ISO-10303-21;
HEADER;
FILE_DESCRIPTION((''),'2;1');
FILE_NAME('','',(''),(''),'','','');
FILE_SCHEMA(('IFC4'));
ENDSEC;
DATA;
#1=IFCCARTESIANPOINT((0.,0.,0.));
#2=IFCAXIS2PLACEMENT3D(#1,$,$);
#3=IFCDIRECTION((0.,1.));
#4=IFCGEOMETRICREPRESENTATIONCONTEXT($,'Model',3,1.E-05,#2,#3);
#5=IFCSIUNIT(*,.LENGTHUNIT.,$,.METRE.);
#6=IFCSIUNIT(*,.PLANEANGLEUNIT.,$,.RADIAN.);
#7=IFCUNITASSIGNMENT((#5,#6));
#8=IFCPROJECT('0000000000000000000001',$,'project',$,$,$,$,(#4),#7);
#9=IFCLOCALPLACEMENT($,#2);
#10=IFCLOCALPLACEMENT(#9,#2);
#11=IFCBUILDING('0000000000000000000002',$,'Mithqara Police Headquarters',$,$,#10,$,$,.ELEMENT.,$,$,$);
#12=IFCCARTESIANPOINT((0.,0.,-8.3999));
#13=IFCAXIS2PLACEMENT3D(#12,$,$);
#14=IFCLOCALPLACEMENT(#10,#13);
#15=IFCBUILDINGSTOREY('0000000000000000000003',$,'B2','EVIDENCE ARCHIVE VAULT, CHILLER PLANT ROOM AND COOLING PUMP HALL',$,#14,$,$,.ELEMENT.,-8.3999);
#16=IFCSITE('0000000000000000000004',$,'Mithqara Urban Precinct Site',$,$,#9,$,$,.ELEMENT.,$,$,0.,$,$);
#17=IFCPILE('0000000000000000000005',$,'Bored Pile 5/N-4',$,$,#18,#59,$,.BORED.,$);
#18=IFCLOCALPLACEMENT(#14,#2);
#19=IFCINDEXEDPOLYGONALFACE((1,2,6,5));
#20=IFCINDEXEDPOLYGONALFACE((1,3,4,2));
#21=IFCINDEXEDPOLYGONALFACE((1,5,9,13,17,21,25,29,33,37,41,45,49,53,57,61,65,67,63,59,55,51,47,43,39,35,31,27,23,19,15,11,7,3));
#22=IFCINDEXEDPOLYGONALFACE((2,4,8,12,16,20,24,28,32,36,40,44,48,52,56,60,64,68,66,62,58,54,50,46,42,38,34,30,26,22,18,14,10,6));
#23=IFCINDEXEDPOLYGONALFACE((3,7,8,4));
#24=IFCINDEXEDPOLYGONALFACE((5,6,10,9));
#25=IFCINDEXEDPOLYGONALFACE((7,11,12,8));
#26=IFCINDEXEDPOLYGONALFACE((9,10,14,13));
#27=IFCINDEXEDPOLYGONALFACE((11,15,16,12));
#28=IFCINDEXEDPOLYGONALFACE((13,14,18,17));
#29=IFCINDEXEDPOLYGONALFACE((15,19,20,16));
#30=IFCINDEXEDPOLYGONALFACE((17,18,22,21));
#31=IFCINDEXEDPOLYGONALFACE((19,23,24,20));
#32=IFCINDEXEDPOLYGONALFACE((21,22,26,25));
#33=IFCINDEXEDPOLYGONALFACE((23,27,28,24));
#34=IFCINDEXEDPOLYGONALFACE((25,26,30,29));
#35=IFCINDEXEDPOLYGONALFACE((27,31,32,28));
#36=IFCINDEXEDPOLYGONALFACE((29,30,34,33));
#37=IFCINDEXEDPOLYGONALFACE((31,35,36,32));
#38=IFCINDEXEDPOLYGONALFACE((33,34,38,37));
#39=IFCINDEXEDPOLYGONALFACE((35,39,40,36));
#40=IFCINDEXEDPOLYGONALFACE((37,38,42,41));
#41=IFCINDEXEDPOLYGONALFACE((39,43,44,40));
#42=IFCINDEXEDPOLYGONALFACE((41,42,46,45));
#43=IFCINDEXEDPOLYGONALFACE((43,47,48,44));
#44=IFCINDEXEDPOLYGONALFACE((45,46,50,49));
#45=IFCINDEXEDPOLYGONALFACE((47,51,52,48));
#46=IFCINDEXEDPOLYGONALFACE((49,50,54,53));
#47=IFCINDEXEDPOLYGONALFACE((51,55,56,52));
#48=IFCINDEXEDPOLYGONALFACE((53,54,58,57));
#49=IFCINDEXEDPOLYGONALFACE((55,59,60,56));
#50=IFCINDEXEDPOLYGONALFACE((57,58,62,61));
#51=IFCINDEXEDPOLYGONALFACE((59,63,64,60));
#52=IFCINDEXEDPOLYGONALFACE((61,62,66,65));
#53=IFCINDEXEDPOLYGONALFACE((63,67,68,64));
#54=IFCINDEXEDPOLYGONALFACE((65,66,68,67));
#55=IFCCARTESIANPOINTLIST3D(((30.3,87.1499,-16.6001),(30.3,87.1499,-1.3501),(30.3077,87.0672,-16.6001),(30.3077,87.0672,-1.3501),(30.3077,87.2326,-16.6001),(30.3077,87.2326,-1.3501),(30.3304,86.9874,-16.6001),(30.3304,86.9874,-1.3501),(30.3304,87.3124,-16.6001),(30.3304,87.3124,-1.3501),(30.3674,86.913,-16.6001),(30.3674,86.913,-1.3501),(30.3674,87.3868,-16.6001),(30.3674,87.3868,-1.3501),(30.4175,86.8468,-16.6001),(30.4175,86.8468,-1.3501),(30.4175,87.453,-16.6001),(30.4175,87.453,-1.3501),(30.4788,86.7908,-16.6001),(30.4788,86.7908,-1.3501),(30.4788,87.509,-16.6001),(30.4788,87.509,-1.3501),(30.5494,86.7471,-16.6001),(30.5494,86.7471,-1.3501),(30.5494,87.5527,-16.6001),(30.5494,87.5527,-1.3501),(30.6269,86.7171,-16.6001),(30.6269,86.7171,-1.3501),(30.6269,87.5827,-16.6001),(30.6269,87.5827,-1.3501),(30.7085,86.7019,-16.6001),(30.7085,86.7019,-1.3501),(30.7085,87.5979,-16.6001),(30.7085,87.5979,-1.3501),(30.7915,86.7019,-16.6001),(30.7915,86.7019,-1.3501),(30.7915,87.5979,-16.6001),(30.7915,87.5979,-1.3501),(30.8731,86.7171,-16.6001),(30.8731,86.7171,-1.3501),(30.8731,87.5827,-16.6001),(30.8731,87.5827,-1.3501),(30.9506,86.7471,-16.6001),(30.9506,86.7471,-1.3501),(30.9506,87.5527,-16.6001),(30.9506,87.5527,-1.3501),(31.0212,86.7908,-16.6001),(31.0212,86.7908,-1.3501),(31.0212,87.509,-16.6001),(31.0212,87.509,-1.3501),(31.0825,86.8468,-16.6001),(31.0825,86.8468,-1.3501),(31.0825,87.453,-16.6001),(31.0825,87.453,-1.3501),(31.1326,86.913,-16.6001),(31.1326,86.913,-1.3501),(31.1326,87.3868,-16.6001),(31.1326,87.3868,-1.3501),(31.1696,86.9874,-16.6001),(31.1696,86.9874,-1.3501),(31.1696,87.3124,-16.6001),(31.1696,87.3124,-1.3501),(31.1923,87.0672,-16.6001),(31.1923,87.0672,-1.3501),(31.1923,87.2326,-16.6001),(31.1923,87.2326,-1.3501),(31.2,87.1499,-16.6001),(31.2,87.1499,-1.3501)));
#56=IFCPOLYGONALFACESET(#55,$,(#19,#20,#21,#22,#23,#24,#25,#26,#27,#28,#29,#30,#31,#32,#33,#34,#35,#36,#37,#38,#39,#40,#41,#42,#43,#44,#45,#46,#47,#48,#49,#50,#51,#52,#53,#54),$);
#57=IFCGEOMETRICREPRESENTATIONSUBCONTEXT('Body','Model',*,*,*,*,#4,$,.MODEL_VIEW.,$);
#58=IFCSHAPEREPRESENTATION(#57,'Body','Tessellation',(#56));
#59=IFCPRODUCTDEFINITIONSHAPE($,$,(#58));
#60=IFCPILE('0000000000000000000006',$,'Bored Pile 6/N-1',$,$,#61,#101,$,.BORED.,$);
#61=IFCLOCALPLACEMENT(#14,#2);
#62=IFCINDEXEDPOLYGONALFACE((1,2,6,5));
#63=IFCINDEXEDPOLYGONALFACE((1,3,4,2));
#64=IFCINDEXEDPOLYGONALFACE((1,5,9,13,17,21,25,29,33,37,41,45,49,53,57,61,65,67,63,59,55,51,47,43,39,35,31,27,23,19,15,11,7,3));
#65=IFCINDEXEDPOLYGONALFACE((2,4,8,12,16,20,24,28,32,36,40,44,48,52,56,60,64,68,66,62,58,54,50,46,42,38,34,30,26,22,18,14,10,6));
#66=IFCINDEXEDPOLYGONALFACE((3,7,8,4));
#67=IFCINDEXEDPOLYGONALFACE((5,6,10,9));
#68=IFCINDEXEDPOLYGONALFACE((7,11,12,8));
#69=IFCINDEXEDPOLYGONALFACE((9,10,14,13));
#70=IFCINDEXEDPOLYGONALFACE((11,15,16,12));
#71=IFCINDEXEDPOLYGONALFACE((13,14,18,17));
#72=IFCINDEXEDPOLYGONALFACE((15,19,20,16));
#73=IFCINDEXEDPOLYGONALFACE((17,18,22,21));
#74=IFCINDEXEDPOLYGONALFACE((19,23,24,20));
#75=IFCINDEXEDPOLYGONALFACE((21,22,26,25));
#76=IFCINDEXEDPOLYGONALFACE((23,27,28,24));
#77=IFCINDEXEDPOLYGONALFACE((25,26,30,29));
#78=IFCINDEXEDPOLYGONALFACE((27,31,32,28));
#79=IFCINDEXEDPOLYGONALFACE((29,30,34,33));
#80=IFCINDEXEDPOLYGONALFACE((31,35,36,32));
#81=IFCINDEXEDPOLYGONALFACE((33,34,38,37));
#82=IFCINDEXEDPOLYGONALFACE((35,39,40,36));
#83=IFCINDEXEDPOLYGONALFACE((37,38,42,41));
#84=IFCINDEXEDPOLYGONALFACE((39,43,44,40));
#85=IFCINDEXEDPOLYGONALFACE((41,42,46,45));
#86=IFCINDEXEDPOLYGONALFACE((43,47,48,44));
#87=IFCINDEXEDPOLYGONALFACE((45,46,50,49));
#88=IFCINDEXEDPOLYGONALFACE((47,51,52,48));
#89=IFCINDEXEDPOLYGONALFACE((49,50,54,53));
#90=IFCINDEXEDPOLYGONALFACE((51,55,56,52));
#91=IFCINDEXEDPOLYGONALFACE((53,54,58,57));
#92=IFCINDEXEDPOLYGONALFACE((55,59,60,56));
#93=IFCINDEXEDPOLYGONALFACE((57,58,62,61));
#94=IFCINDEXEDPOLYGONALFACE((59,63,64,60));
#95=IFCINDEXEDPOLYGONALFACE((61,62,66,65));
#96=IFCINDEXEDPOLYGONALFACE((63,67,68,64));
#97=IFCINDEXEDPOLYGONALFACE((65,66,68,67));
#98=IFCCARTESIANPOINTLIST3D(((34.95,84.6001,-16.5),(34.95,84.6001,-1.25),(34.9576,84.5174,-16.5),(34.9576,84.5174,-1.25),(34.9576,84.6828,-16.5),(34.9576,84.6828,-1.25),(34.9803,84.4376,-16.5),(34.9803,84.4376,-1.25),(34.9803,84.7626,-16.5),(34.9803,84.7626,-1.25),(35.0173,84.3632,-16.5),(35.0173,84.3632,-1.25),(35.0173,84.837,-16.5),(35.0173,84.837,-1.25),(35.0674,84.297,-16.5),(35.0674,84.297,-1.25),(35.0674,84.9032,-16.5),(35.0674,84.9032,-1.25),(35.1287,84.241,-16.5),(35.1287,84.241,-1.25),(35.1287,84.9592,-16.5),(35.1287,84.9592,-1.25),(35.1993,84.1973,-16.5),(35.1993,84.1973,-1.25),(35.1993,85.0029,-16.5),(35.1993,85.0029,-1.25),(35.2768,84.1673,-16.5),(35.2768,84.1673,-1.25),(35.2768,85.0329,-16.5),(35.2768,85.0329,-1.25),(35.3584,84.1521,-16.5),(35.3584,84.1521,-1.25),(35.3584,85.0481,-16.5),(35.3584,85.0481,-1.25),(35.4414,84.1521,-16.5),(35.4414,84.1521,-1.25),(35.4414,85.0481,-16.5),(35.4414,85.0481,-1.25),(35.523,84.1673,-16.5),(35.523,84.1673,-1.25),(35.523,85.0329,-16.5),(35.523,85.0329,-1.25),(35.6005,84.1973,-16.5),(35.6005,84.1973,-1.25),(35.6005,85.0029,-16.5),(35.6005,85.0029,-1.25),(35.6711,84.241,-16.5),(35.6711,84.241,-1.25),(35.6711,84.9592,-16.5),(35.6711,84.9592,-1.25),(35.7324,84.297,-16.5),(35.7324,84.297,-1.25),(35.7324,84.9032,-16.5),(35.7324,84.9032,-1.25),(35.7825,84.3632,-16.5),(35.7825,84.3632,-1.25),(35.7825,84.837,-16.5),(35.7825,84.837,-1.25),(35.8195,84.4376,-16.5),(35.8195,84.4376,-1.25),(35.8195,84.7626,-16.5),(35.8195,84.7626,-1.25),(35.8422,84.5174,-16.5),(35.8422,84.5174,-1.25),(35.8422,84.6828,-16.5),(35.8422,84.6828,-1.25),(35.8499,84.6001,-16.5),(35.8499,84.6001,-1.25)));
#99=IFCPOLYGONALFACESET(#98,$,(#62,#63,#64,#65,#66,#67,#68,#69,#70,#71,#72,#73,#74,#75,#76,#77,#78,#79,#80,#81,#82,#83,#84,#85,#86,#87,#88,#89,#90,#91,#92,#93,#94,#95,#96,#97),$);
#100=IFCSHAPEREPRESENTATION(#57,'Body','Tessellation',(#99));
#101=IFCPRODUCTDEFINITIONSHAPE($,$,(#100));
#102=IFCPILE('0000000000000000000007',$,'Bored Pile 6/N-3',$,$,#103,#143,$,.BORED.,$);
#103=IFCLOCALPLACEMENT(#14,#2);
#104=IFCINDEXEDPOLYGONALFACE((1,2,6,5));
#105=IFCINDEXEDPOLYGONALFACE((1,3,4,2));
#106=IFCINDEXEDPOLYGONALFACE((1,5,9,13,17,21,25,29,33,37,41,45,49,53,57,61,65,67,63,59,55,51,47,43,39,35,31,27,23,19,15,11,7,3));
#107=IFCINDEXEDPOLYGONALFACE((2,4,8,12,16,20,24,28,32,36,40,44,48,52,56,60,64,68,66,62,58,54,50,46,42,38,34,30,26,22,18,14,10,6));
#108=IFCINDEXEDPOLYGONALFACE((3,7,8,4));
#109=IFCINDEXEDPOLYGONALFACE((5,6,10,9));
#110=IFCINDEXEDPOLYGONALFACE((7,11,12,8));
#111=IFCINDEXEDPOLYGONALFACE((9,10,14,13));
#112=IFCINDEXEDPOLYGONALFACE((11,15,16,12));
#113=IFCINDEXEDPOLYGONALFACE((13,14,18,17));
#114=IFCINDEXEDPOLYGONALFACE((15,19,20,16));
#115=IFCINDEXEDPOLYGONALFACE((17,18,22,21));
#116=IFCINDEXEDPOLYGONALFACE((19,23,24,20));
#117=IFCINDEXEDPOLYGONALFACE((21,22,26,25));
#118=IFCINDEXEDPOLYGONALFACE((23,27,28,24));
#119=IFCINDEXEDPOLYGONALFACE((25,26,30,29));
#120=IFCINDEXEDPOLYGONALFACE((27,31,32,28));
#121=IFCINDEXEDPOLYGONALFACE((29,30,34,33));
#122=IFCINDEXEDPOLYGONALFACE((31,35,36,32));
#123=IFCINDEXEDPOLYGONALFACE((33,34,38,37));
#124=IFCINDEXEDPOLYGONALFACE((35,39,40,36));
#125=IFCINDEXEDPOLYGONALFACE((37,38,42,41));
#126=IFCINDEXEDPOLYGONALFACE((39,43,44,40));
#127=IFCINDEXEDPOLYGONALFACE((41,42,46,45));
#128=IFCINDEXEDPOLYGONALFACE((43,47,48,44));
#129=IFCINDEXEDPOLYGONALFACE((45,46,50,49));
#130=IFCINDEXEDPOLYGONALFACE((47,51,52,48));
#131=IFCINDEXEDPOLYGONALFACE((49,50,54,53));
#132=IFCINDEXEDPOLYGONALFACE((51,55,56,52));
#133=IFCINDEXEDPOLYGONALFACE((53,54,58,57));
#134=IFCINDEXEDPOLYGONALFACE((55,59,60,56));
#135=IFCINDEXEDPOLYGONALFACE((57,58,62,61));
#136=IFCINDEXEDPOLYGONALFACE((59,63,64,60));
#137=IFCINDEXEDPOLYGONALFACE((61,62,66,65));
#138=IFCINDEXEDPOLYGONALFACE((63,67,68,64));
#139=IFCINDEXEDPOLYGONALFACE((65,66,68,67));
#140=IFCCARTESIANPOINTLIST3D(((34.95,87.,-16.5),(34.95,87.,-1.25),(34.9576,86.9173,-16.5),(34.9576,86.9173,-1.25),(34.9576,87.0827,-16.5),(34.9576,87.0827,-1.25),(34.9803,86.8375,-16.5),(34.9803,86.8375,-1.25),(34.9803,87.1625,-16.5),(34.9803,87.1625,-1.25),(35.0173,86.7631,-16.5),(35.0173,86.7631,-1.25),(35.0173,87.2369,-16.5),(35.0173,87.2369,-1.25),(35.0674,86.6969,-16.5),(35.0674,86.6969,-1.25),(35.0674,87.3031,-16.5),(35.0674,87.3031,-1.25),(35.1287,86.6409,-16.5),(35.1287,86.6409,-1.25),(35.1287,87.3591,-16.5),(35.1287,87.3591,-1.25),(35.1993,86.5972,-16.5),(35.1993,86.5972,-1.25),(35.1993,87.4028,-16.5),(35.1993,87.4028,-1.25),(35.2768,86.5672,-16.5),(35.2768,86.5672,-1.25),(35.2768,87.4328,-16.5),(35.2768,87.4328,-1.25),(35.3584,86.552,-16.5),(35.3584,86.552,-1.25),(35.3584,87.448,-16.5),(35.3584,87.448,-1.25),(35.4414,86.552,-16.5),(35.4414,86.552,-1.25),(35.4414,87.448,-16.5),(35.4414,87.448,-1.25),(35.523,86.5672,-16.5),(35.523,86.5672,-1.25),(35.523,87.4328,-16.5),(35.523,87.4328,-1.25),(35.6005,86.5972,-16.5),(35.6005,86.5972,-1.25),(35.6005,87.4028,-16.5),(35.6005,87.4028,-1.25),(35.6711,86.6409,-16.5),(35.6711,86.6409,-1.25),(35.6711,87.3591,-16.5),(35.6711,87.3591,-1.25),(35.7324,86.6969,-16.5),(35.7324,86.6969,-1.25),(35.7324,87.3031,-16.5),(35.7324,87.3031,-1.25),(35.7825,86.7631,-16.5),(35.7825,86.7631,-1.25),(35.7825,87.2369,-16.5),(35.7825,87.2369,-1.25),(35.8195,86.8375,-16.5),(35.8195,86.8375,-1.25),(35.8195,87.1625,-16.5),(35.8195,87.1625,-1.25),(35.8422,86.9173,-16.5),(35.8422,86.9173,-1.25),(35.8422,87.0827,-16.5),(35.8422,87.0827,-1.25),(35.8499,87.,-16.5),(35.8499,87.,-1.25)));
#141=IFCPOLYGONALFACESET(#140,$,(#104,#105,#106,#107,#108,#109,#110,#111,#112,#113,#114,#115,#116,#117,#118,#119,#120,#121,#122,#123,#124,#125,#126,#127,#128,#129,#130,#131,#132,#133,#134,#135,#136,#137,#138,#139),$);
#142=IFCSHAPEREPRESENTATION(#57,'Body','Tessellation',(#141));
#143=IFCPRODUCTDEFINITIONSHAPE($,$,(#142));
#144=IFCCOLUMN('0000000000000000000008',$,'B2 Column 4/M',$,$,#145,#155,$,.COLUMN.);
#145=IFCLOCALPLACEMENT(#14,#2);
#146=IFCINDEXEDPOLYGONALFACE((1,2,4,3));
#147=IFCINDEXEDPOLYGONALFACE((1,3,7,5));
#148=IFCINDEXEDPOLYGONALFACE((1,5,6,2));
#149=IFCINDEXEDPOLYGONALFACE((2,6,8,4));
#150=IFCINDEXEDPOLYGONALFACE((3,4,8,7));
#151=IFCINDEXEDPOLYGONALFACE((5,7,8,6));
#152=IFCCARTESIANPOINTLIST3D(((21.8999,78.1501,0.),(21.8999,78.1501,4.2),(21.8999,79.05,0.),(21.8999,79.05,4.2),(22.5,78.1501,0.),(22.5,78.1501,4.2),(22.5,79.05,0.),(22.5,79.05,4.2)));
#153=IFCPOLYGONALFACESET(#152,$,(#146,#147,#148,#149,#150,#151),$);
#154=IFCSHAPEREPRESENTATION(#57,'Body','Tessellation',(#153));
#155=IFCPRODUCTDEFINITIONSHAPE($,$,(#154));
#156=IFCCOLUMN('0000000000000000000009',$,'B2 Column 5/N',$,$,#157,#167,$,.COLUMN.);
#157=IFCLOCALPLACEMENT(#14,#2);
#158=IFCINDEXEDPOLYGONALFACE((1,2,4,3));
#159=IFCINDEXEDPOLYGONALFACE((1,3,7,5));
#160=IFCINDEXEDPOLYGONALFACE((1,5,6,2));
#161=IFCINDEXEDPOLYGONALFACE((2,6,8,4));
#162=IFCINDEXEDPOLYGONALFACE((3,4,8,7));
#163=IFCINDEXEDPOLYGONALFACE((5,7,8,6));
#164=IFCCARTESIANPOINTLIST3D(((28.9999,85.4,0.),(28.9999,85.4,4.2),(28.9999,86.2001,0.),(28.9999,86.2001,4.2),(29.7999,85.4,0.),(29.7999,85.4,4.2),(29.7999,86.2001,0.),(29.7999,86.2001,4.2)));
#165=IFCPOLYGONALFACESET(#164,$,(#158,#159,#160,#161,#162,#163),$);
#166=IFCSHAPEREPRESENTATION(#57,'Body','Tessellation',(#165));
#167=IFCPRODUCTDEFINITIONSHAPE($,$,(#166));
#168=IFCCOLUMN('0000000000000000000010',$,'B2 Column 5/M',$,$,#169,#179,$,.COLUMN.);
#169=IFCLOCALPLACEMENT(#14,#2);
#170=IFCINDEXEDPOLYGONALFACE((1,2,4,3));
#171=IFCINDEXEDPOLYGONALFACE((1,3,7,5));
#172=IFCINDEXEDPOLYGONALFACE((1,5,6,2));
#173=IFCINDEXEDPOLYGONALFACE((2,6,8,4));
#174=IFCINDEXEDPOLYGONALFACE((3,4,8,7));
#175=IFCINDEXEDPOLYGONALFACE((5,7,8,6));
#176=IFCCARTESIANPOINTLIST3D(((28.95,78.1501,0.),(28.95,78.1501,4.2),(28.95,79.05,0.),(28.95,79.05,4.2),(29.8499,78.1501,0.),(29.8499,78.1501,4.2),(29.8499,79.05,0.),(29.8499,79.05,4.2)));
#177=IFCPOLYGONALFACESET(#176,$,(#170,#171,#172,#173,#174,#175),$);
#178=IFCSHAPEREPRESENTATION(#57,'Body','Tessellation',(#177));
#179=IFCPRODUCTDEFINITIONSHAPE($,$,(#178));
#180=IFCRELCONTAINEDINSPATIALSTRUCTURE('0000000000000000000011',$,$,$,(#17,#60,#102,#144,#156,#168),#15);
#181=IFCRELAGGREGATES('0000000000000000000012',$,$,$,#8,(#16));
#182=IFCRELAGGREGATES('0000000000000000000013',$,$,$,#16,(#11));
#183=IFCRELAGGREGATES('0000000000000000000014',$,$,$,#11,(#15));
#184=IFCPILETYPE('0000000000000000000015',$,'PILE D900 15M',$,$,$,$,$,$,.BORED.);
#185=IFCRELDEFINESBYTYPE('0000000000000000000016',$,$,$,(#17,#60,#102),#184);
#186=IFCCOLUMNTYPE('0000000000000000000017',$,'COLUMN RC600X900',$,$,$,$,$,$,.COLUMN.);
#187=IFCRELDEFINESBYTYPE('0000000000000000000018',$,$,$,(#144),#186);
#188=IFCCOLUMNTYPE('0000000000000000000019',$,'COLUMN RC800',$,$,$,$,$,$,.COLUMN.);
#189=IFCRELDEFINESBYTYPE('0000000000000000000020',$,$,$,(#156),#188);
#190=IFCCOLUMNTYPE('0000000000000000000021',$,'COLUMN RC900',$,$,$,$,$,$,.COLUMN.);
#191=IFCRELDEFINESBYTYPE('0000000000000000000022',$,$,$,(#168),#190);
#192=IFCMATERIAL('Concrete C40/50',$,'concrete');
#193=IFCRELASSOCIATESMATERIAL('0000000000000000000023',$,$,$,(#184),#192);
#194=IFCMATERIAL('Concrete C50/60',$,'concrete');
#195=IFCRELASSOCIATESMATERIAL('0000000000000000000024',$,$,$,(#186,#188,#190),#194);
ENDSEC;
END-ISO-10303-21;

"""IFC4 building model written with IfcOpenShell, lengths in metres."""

from ifc_helpers import new_model, si_unit, direction, frame, origin, origin_2d, place, context, subcontext, project, spatial, rectangle, circle, extrude, material, material_profile, profile_set, type_object, element, save


model = new_model("IFC4")

# Units and contexts
model_context = context("Model", 3, precision=1e-05, world=origin(), true_north=direction((0.0, 1.0)))
body_context = subcontext(model_context, "Body", "Model", "MODEL_VIEW")
ifc_project = project(units=[si_unit("LENGTHUNIT", "METRE"), si_unit("PLANEANGLEUNIT", "RADIAN")], contexts=[model_context])

# Site, building, storey
site_placement = place(None, origin())
site = spatial("IfcSite", under=ifc_project, at=site_placement, Name="Mithqara Urban Precinct Site", CompositionType="ELEMENT", RefElevation=0.0)
building_placement = place(site_placement, origin())
building = spatial("IfcBuilding", under=site, at=building_placement, Name="Mithqara Police Headquarters", CompositionType="ELEMENT")
storey_placement = place(building_placement, frame((0.0, 0.0, -8.3999)))
storey = spatial("IfcBuildingStorey", under=building, at=storey_placement, Name="B2", Description="EVIDENCE ARCHIVE VAULT, CHILLER PLANT ROOM AND COOLING PUMP HALL", CompositionType="ELEMENT", Elevation=-8.3999)

# Shared definitions
ifc_material_1 = material(Name="Concrete C40/50", Category="concrete")

# Piles
ifc_material_profile_1 = material_profile(ifc_material_1, circle(Radius=0.45, at=origin_2d()), Name="PILE D900")
ifc_profile_set_1 = profile_set([ifc_material_profile_1], Name="Concrete C40/50")
pile_type_1 = type_object("IfcPileType", Name="PILE D900 15M", PredefinedType="BORED", material=ifc_profile_set_1)
for number, where, z_axis, x_axis, name in (
    (1, (30.75, 87.1499, -1.3501), (0.0, 0.0, -1.0), (1.0, 0.0, 0.0), "Bored Pile 5/N-4"),
    (2, (35.3999, 84.6001, -1.25), (0.0, 0.0, -1.0), (1.0, 0.0, 0.0), "Bored Pile 6/N-1"),
    (3, (35.3999, 87.0, -1.25), (0.0, 0.0, -1.0), (1.0, 0.0, 0.0), "Bored Pile 6/N-3"),
):
    element("IfcPile", number, at=place(storey_placement, frame(where, z_axis=z_axis, x_axis=x_axis)), inside=storey, type_object=pile_type_1, Name=name, PredefinedType="BORED", context=body_context, shape_type="SweptSolid", body=[
        extrude(circle(Radius=0.45, at=origin_2d()), origin(), (0.0, 0.0, 1.0), 15.25),
    ])

# Columns
ifc_material_2 = material(Name="Concrete C50/60", Category="concrete")
ifc_material_profile_2 = material_profile(ifc_material_2, rectangle(XDim=0.6001, YDim=0.8999, at=origin_2d()), Name="RC 600x900")
ifc_profile_set_2 = profile_set([ifc_material_profile_2], Name="Concrete C50/60")
column_type_1 = type_object("IfcColumnType", Name="COLUMN RC600X900", PredefinedType="COLUMN", material=ifc_profile_set_2)
column_1_placement = place(storey_placement, frame((22.2, 78.6001, 0.0), z_axis=(0.0, 0.0, 1.0), x_axis=(1.0, 0.0, 0.0)))
element("IfcColumn", 4, at=column_1_placement, inside=storey, type_object=column_type_1, Name="B2 Column 4/M", PredefinedType="COLUMN", context=body_context, shape_type="SweptSolid", body=[
    extrude(rectangle(XDim=0.6001, YDim=0.8999, at=origin_2d()), origin(), (0.0, 0.0, 1.0), 4.2),
])
ifc_material_profile_3 = material_profile(ifc_material_2, rectangle(XDim=0.8, YDim=0.8, at=origin_2d()), Name="RC 800x800")
ifc_profile_set_3 = profile_set([ifc_material_profile_3], Name="Concrete C50/60")
column_type_2 = type_object("IfcColumnType", Name="COLUMN RC800", PredefinedType="COLUMN", material=ifc_profile_set_3)
column_2_placement = place(storey_placement, frame((29.3999, 85.8, 0.0), z_axis=(0.0, 0.0, 1.0), x_axis=(1.0, 0.0, 0.0)))
element("IfcColumn", 5, at=column_2_placement, inside=storey, type_object=column_type_2, Name="B2 Column 5/N", PredefinedType="COLUMN", context=body_context, shape_type="SweptSolid", body=[
    extrude(rectangle(XDim=0.8, YDim=0.8, at=origin_2d()), origin(), (0.0, 0.0, 1.0), 4.2),
])
ifc_material_profile_4 = material_profile(ifc_material_2, rectangle(XDim=0.8999, YDim=0.8999, at=origin_2d()), Name="RC 900x900")
ifc_profile_set_4 = profile_set([ifc_material_profile_4], Name="Concrete C50/60")
column_type_3 = type_object("IfcColumnType", Name="COLUMN RC900", PredefinedType="COLUMN", material=ifc_profile_set_4)
column_3_placement = place(storey_placement, frame((29.3999, 78.6001, 0.0), z_axis=(0.0, 0.0, 1.0), x_axis=(1.0, 0.0, 0.0)))
element("IfcColumn", 6, at=column_3_placement, inside=storey, type_object=column_type_3, Name="B2 Column 5/M", PredefinedType="COLUMN", context=body_context, shape_type="SweptSolid", body=[
    extrude(rectangle(XDim=0.8999, YDim=0.8999, at=origin_2d()), origin(), (0.0, 0.0, 1.0), 4.2),
])

save(model, "model.ifc")
